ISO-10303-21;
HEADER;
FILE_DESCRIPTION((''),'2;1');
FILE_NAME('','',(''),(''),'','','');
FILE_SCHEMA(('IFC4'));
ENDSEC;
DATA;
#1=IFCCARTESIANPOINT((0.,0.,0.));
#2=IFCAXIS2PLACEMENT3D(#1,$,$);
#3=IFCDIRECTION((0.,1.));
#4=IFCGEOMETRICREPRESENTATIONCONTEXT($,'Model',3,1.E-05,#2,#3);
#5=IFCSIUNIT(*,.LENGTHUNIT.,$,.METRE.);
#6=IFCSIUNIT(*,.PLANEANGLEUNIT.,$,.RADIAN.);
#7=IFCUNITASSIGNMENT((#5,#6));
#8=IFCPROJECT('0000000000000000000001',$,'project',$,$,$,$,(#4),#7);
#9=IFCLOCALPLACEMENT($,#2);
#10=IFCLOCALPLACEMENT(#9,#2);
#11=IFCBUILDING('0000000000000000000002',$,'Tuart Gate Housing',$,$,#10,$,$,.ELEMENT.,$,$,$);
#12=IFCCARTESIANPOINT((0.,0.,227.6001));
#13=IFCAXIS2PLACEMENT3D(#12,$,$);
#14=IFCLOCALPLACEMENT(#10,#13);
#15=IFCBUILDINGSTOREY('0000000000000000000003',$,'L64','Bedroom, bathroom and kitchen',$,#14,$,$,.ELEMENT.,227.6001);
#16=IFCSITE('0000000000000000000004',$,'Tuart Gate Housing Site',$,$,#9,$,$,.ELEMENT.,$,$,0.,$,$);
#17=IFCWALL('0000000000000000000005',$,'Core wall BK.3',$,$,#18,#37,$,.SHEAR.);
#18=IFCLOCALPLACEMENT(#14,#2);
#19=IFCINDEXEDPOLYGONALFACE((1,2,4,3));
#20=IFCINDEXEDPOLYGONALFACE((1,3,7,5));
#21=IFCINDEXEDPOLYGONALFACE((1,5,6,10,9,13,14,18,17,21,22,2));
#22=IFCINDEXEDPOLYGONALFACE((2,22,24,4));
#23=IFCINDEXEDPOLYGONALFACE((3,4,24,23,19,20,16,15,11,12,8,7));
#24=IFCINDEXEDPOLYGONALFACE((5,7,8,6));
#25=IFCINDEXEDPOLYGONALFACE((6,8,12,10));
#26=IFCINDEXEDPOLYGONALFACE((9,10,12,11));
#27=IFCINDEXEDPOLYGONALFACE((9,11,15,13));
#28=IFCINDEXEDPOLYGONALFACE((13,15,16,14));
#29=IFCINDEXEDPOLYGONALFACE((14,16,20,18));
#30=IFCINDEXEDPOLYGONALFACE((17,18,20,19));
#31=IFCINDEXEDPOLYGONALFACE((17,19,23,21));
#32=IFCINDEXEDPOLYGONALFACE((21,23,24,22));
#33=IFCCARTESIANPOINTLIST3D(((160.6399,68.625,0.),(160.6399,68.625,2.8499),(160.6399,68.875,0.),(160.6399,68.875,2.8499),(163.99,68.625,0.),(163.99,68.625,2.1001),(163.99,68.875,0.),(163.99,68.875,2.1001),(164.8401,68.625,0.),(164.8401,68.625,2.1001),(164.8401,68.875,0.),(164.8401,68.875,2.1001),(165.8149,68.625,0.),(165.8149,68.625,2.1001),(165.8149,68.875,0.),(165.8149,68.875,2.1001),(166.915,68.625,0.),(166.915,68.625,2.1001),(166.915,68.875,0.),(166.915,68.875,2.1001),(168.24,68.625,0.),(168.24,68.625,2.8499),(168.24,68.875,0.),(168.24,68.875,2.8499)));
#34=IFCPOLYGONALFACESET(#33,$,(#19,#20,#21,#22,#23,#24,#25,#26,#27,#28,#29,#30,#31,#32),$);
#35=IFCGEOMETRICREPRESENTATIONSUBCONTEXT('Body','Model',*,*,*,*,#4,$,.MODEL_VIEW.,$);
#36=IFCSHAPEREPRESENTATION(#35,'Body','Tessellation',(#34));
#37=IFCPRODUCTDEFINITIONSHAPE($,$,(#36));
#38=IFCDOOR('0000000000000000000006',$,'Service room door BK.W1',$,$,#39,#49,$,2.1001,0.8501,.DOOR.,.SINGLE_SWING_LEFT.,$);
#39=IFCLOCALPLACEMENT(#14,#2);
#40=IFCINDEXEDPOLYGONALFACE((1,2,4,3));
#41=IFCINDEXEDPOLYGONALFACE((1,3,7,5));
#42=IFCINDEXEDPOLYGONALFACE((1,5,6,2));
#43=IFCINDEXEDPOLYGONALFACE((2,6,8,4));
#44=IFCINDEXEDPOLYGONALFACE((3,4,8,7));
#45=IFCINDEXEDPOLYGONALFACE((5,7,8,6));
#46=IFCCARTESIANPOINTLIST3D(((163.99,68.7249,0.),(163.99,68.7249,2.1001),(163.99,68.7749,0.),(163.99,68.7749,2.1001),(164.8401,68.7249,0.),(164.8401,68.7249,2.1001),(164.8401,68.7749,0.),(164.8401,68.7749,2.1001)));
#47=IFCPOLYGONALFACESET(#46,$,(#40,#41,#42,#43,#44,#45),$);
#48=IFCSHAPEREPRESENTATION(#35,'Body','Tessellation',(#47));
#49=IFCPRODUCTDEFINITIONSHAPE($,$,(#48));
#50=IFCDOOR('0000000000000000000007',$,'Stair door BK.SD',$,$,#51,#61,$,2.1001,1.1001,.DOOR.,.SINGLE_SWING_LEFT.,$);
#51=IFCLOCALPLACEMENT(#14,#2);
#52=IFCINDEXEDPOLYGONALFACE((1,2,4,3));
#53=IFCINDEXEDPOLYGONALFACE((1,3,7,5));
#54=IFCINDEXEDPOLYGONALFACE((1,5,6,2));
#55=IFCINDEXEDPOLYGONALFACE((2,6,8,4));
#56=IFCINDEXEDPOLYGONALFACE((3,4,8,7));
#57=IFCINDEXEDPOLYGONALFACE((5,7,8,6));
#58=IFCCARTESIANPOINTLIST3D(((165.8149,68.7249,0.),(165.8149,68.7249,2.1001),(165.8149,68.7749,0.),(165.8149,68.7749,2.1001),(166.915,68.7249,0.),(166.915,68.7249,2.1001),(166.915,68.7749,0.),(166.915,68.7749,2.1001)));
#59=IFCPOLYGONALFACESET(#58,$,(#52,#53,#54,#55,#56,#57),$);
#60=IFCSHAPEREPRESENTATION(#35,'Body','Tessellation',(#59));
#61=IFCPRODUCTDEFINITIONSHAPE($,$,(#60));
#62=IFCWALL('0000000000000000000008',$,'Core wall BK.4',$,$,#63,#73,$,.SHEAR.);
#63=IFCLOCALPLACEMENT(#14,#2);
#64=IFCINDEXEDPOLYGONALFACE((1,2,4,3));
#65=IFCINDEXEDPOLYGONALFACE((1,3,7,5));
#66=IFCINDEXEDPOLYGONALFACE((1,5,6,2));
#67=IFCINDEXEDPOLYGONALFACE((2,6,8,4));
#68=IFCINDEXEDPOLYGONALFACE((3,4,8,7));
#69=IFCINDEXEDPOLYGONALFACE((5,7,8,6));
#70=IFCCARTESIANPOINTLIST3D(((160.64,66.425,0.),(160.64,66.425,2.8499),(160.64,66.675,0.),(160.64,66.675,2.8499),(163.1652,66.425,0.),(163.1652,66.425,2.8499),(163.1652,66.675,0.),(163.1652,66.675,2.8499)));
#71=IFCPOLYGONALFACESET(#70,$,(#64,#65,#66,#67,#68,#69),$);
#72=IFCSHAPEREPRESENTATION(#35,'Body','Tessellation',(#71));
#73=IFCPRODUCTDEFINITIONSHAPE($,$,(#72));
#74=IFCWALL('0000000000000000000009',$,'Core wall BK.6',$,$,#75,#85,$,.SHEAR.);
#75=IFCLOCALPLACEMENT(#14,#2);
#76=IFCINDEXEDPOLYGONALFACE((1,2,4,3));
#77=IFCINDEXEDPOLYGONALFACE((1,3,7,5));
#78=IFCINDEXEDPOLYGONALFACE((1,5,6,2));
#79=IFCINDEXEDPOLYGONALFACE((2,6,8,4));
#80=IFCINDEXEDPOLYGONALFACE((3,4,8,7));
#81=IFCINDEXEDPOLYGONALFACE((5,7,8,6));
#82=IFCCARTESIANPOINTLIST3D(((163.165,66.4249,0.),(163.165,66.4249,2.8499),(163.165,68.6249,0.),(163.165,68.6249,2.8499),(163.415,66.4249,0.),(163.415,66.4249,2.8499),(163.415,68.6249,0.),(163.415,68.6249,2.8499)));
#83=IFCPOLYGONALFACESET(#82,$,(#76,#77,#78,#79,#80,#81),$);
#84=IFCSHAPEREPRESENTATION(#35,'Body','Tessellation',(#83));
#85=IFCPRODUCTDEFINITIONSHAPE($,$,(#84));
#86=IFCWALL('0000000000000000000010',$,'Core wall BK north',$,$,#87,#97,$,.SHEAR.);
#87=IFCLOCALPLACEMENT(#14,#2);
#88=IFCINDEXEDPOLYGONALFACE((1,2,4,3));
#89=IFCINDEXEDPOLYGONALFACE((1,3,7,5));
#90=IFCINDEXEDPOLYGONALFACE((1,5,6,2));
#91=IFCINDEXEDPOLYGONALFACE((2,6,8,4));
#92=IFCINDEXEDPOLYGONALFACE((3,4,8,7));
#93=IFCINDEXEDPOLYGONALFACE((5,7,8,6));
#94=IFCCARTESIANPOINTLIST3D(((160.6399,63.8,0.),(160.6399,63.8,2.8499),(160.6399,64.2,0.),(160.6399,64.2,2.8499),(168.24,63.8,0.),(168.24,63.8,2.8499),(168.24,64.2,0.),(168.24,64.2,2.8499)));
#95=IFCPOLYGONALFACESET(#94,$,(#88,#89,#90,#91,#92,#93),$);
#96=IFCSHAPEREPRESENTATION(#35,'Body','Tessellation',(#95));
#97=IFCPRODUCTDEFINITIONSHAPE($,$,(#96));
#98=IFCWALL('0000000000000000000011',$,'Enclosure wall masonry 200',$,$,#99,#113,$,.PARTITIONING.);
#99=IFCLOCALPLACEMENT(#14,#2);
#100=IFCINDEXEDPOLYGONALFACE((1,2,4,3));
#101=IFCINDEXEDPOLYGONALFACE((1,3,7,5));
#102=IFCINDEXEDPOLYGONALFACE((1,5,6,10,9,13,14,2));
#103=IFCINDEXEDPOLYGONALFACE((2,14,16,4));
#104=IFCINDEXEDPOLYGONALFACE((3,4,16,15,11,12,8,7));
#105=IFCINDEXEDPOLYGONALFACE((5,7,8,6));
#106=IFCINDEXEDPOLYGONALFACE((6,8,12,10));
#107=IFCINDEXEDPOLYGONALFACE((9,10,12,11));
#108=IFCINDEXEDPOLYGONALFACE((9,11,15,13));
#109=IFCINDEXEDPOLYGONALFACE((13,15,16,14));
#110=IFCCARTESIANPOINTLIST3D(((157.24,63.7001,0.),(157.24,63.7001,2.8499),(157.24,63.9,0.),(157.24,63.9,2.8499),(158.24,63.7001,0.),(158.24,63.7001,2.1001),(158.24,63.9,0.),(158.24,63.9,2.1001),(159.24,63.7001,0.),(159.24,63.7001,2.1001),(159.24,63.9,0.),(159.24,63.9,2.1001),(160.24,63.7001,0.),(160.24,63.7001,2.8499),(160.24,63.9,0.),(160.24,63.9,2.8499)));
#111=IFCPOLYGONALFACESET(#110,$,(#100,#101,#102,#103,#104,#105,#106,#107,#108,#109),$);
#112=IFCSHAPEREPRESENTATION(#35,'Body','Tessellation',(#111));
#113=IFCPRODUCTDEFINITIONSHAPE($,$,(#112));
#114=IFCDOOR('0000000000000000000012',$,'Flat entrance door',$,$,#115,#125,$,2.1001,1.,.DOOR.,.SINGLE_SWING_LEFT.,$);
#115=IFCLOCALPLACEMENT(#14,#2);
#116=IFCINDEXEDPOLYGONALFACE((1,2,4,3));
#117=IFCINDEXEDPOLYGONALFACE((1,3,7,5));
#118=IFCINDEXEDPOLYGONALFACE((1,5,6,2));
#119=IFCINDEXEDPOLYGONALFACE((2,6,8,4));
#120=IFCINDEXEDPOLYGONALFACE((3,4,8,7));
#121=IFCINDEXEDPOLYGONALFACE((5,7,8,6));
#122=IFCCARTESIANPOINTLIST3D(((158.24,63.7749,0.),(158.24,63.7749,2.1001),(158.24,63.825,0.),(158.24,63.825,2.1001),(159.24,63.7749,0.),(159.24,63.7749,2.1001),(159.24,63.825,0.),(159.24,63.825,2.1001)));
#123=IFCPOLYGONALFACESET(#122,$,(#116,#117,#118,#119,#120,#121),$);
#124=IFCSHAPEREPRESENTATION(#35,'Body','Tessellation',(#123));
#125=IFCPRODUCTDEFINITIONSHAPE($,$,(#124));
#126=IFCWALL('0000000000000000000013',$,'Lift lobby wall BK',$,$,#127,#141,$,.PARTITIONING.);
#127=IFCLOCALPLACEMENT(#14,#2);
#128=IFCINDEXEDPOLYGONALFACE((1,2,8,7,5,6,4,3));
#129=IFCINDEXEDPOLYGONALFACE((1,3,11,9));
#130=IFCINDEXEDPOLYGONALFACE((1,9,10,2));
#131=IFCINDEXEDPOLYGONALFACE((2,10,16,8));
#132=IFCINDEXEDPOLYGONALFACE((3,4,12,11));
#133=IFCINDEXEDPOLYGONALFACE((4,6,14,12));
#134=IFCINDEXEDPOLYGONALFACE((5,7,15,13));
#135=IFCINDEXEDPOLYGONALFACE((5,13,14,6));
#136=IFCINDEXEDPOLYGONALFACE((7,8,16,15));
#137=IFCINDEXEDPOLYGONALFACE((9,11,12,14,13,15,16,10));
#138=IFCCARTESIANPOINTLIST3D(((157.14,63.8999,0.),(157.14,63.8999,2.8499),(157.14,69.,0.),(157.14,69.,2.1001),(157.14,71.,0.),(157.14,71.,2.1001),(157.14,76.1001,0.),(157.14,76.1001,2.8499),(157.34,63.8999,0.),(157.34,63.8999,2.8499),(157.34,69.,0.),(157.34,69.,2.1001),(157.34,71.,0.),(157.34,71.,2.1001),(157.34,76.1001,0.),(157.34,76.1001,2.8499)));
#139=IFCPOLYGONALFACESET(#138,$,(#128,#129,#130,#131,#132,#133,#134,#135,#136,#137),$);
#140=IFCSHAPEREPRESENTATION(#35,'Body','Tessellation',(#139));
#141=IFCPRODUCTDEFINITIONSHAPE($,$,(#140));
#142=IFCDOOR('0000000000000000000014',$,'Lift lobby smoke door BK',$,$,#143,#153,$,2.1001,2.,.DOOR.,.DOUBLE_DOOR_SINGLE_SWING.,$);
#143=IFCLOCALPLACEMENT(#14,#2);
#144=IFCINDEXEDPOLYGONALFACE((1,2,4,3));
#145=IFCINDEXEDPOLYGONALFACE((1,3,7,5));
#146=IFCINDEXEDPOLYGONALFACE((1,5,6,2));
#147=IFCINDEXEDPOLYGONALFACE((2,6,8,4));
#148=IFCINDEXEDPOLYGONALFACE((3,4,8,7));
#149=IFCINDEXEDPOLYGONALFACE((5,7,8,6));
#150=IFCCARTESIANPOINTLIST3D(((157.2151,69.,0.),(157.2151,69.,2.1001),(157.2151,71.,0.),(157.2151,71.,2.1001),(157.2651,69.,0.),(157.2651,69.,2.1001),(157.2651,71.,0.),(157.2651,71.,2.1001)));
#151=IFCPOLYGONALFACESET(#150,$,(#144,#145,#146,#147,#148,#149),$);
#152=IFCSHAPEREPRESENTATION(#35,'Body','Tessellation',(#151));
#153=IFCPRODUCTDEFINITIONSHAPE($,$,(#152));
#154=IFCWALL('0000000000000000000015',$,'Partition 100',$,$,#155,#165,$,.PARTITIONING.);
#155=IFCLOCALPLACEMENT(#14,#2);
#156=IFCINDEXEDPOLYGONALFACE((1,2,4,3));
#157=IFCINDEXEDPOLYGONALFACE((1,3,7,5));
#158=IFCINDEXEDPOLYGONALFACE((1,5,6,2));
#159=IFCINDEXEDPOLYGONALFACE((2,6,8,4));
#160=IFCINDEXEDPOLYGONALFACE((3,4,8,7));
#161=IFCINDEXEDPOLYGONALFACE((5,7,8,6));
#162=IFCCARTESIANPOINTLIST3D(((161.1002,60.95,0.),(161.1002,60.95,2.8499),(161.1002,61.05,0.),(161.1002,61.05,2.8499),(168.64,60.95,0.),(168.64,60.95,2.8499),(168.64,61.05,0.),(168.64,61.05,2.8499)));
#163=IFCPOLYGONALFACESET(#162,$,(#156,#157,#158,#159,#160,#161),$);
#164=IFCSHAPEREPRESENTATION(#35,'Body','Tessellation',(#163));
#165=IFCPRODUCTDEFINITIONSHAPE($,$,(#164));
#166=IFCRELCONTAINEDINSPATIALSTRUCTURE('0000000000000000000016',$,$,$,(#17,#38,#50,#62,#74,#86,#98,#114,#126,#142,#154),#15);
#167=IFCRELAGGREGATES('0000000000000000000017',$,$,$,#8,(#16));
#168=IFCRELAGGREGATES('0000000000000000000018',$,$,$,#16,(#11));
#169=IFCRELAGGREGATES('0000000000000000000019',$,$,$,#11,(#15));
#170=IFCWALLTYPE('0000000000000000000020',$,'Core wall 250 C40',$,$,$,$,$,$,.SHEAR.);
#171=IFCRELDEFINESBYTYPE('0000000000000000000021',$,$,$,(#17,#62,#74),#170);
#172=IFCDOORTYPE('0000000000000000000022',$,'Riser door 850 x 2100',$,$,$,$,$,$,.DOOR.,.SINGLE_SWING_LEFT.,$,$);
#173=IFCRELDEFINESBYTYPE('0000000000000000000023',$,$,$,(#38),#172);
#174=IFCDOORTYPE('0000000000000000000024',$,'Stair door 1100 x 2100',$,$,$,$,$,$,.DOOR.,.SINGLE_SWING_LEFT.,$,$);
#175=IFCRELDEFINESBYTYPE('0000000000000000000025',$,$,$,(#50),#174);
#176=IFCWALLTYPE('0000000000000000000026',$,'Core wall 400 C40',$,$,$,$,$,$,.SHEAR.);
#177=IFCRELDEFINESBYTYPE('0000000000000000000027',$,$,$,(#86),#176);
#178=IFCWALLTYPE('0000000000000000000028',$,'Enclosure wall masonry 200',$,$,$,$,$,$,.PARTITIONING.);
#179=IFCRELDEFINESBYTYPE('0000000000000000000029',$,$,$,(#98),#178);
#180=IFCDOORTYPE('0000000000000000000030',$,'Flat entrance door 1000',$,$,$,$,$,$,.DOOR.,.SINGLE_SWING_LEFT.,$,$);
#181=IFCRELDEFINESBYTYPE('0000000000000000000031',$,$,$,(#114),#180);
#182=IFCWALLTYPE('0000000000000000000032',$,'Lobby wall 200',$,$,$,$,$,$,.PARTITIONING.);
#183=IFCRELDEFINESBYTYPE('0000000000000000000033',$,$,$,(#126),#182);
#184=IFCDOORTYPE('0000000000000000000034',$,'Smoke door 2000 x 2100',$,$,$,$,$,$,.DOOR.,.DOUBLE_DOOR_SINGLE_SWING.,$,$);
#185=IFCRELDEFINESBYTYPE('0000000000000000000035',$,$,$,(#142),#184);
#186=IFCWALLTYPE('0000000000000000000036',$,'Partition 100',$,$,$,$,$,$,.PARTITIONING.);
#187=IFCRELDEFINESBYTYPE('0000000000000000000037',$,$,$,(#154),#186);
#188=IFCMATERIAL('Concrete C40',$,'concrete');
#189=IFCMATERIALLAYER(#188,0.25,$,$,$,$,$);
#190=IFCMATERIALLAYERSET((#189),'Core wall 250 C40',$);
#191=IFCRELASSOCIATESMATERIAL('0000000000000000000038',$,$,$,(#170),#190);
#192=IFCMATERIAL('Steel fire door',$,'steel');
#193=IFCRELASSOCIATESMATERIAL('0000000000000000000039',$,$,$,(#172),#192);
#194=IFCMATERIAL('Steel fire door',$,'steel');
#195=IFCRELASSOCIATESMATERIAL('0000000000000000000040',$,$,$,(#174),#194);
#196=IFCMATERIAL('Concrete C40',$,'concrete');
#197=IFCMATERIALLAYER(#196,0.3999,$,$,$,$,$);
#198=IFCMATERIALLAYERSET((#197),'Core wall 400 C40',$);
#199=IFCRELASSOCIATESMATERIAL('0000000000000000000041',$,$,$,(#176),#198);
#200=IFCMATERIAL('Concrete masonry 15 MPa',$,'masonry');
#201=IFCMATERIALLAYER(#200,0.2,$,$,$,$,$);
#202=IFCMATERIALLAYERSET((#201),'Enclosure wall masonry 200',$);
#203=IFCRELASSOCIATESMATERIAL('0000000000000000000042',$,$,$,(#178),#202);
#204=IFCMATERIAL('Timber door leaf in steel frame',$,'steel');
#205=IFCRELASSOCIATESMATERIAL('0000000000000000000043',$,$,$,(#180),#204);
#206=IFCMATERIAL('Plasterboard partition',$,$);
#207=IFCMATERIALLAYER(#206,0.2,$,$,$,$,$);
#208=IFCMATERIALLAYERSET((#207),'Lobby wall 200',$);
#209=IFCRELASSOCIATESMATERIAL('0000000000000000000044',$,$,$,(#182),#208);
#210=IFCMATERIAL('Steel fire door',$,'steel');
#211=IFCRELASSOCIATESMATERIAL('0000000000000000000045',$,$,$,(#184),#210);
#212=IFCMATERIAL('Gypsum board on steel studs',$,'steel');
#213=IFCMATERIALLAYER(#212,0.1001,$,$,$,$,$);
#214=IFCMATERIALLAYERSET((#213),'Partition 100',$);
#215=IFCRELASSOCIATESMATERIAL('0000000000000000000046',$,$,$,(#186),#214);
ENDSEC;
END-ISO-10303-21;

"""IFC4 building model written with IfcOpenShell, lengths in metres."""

from ifc_helpers import new_model, si_unit, direction, frame, frame_2d, origin, place, context, subcontext, project, spatial, rectangle, extrude, material, layer, layer_set, type_object, element, fill, save


model = new_model("IFC4")

# Units and contexts
model_context = context("Model", 3, precision=1e-05, world=origin(), true_north=direction((0.0, 1.0)))
body_context = subcontext(model_context, "Body", "Model", "MODEL_VIEW")
ifc_project = project(units=[si_unit("LENGTHUNIT", "METRE"), si_unit("PLANEANGLEUNIT", "RADIAN")], contexts=[model_context])

# Site, building, storey
site_placement = place(None, origin())
site = spatial("IfcSite", under=ifc_project, at=site_placement, Name="Tuart Gate Housing Site", CompositionType="ELEMENT", RefElevation=0.0)
building_placement = place(site_placement, origin())
building = spatial("IfcBuilding", under=site, at=building_placement, Name="Tuart Gate Housing", CompositionType="ELEMENT")
storey_placement = place(building_placement, frame((0.0, 0.0, 227.6001)))
storey = spatial("IfcBuildingStorey", under=building, at=storey_placement, Name="L64", Description="Bedroom, bathroom and kitchen", CompositionType="ELEMENT", Elevation=227.6001)

# Wall, openings, doors
ifc_material_1 = material(Name="Concrete C40", Category="concrete")
ifc_layer_1 = layer(ifc_material_1, 0.25)
ifc_layer_set_1 = layer_set([ifc_layer_1], Name="Core wall 250 C40")
wall_type_1 = type_object("IfcWallType", Name="Core wall 250 C40", PredefinedType="SHEAR", material=ifc_layer_set_1)
wall_1_placement = place(storey_placement, frame((160.6399, 68.75, 0.0), z_axis=(0.0, 0.0, 1.0), x_axis=(1.0, 0.0, 0.0)))
wall_1 = element("IfcWall", 1, at=wall_1_placement, inside=storey, type_object=wall_type_1, Name="Core wall BK.3", PredefinedType="SHEAR", context=body_context, shape_type="SweptSolid", body=[
    extrude(rectangle(XDim=7.6001, YDim=0.25, at=frame_2d((3.8, 0.0))), origin(), (0.0, 0.0, 1.0), 2.8499),
])
opening_1_placement = place(wall_1_placement, frame((5.175, 0.0, 0.0)))
opening_1 = element("IfcOpeningElement", 2, at=opening_1_placement, cuts=wall_1, PredefinedType="OPENING", context=body_context, shape_type="SweptSolid", body=[
    extrude(rectangle(XDim=1.1001, YDim=2.1001, at=frame_2d((0.55, 1.05))), frame((0.0, 0.135, 0.0), z_axis=(0.0, -1.0, 0.0), x_axis=(1.0, 0.0, 0.0)), (0.0, 0.0, 1.0), 0.27),
])
opening_2_placement = place(wall_1_placement, frame((3.3501, 0.0, 0.0)))
opening_2 = element("IfcOpeningElement", 3, at=opening_2_placement, cuts=wall_1, PredefinedType="OPENING", context=body_context, shape_type="SweptSolid", body=[
    extrude(rectangle(XDim=0.8501, YDim=2.1001, at=frame_2d((0.425, 1.05))), frame((0.0, 0.135, 0.0), z_axis=(0.0, -1.0, 0.0), x_axis=(1.0, 0.0, 0.0)), (0.0, 0.0, 1.0), 0.27),
])
ifc_material_2 = material(Name="Steel fire door", Category="steel")
door_type_1 = type_object("IfcDoorType", Name="Riser door 850 x 2100", OperationType="SINGLE_SWING_LEFT", PredefinedType="DOOR", material=ifc_material_2)
door_1_placement = place(opening_2_placement, origin())
door_1 = element("IfcDoor", 4, at=door_1_placement, inside=storey, type_object=door_type_1, Name="Service room door BK.W1", OperationType="SINGLE_SWING_LEFT", OverallHeight=2.1001, OverallWidth=0.8501, PredefinedType="DOOR", context=body_context, shape_type="SweptSolid", body=[
    extrude(rectangle(XDim=0.8501, YDim=2.1001, at=frame_2d((0.425, 1.05))), frame((0.0, 0.0249, 0.0), z_axis=(0.0, -1.0, 0.0), x_axis=(1.0, 0.0, 0.0)), (0.0, 0.0, 1.0), 0.05),
])
fill(opening_2, door_1)
ifc_material_3 = material(Name="Steel fire door", Category="steel")
door_type_2 = type_object("IfcDoorType", Name="Stair door 1100 x 2100", OperationType="SINGLE_SWING_LEFT", PredefinedType="DOOR", material=ifc_material_3)
door_2_placement = place(opening_1_placement, origin())
door_2 = element("IfcDoor", 5, at=door_2_placement, inside=storey, type_object=door_type_2, Name="Stair door BK.SD", OperationType="SINGLE_SWING_LEFT", OverallHeight=2.1001, OverallWidth=1.1001, PredefinedType="DOOR", context=body_context, shape_type="SweptSolid", body=[
    extrude(rectangle(XDim=1.1001, YDim=2.1001, at=frame_2d((0.55, 1.05))), frame((0.0, 0.0249, 0.0), z_axis=(0.0, -1.0, 0.0), x_axis=(1.0, 0.0, 0.0)), (0.0, 0.0, 1.0), 0.05),
])
fill(opening_1, door_2)

# Walls
wall_2_placement = place(storey_placement, frame((160.6399, 66.55, 0.0), z_axis=(0.0, 0.0, 1.0), x_axis=(1.0, 0.0, 0.0)))
element("IfcWall", 6, at=wall_2_placement, inside=storey, type_object=wall_type_1, Name="Core wall BK.4", PredefinedType="SHEAR", context=body_context, shape_type="SweptSolid", body=[
    extrude(rectangle(XDim=2.5251, YDim=0.25, at=frame_2d((1.2627, 0.0))), origin(), (0.0, 0.0, 1.0), 2.8499),
])
wall_3_placement = place(storey_placement, frame((163.29, 68.625, 0.0), z_axis=(0.0, 0.0, 1.0), x_axis=(0.0, -1.0, 0.0)))
element("IfcWall", 7, at=wall_3_placement, inside=storey, type_object=wall_type_1, Name="Core wall BK.6", PredefinedType="SHEAR", context=body_context, shape_type="SweptSolid", body=[
    extrude(rectangle(XDim=2.2, YDim=0.25, at=frame_2d((1.1001, 0.0))), origin(), (0.0, 0.0, 1.0), 2.8499),
])
ifc_material_4 = material(Name="Concrete C40", Category="concrete")
ifc_layer_2 = layer(ifc_material_4, 0.3999)
ifc_layer_set_2 = layer_set([ifc_layer_2], Name="Core wall 400 C40")
wall_type_2 = type_object("IfcWallType", Name="Core wall 400 C40", PredefinedType="SHEAR", material=ifc_layer_set_2)
wall_4_placement = place(storey_placement, frame((160.6399, 64.0, 0.0), z_axis=(0.0, 0.0, 1.0), x_axis=(1.0, 0.0, 0.0)))
element("IfcWall", 8, at=wall_4_placement, inside=storey, type_object=wall_type_2, Name="Core wall BK north", PredefinedType="SHEAR", context=body_context, shape_type="SweptSolid", body=[
    extrude(rectangle(XDim=7.6001, YDim=0.3999, at=frame_2d((3.8, 0.0))), origin(), (0.0, 0.0, 1.0), 2.8499),
])

# Walls, openings, doors
ifc_material_5 = material(Name="Concrete masonry 15 MPa", Category="masonry")
ifc_layer_3 = layer(ifc_material_5, 0.2)
ifc_layer_set_3 = layer_set([ifc_layer_3], Name="Enclosure wall masonry 200")
wall_type_3 = type_object("IfcWallType", Name="Enclosure wall masonry 200", PredefinedType="PARTITIONING", material=ifc_layer_set_3)
wall_5_placement = place(storey_placement, frame((157.24, 63.8, 0.0), z_axis=(0.0, 0.0, 1.0), x_axis=(1.0, 0.0, 0.0)))
wall_5 = element("IfcWall", 9, at=wall_5_placement, inside=storey, type_object=wall_type_3, Name="Enclosure wall masonry 200", PredefinedType="PARTITIONING", context=body_context, shape_type="SweptSolid", body=[
    extrude(rectangle(XDim=3.0, YDim=0.2, at=frame_2d((1.5, 0.0))), origin(), (0.0, 0.0, 1.0), 2.8499),
])
opening_3_placement = place(wall_5_placement, frame((1.0, 0.0, 0.0)))
opening_3 = element("IfcOpeningElement", 10, at=opening_3_placement, cuts=wall_5, PredefinedType="OPENING", context=body_context, shape_type="SweptSolid", body=[
    extrude(rectangle(XDim=1.0, YDim=2.1001, at=frame_2d((0.5, 1.05))), frame((0.0, 0.1099, 0.0), z_axis=(0.0, -1.0, 0.0), x_axis=(1.0, 0.0, 0.0)), (0.0, 0.0, 1.0), 0.22),
])
ifc_material_6 = material(Name="Timber door leaf in steel frame", Category="steel")
door_type_3 = type_object("IfcDoorType", Name="Flat entrance door 1000", OperationType="SINGLE_SWING_LEFT", PredefinedType="DOOR", material=ifc_material_6)
door_3_placement = place(opening_3_placement, frame((1.0, 0.0, 0.0), z_axis=(0.0, 0.0, 1.0), x_axis=(-1.0, 0.0, 0.0)))
door_3 = element("IfcDoor", 11, at=door_3_placement, inside=storey, type_object=door_type_3, Name="Flat entrance door", OperationType="SINGLE_SWING_LEFT", OverallHeight=2.1001, OverallWidth=1.0, PredefinedType="DOOR", context=body_context, shape_type="SweptSolid", body=[
    extrude(rectangle(XDim=1.0, YDim=2.1001, at=frame_2d((0.5, 1.05))), frame((0.0, 0.0251, 0.0), z_axis=(0.0, -1.0, 0.0), x_axis=(1.0, 0.0, 0.0)), (0.0, 0.0, 1.0), 0.05),
])
fill(opening_3, door_3)
ifc_material_7 = material(Name="Plasterboard partition")
ifc_layer_4 = layer(ifc_material_7, 0.2)
ifc_layer_set_4 = layer_set([ifc_layer_4], Name="Lobby wall 200")
wall_type_4 = type_object("IfcWallType", Name="Lobby wall 200", PredefinedType="PARTITIONING", material=ifc_layer_set_4)
wall_6_placement = place(storey_placement, frame((157.24, 63.8999, 0.0), z_axis=(0.0, 0.0, 1.0), x_axis=(0.0, 1.0, 0.0)))
wall_6 = element("IfcWall", 12, at=wall_6_placement, inside=storey, type_object=wall_type_4, Name="Lift lobby wall BK", PredefinedType="PARTITIONING", context=body_context, shape_type="SweptSolid", body=[
    extrude(rectangle(XDim=12.2002, YDim=0.2, at=frame_2d((6.1001, 0.0))), origin(), (0.0, 0.0, 1.0), 2.8499),
])
opening_4_placement = place(wall_6_placement, frame((5.1001, 0.0, 0.0)))
opening_4 = element("IfcOpeningElement", 13, at=opening_4_placement, cuts=wall_6, PredefinedType="OPENING", context=body_context, shape_type="SweptSolid", body=[
    extrude(rectangle(XDim=2.0, YDim=2.1001, at=frame_2d((1.0, 1.05))), frame((0.0, 0.1099, 0.0), z_axis=(0.0, -1.0, 0.0), x_axis=(1.0, 0.0, 0.0)), (0.0, 0.0, 1.0), 0.22),
])
ifc_material_8 = material(Name="Steel fire door", Category="steel")
door_type_4 = type_object("IfcDoorType", Name="Smoke door 2000 x 2100", OperationType="DOUBLE_DOOR_SINGLE_SWING", PredefinedType="DOOR", material=ifc_material_8)
door_4_placement = place(opening_4_placement, frame((2.0, 0.0, 0.0), z_axis=(0.0, 0.0, 1.0), x_axis=(-1.0, 0.0, 0.0)))
door_4 = element("IfcDoor", 14, at=door_4_placement, inside=storey, type_object=door_type_4, Name="Lift lobby smoke door BK", OperationType="DOUBLE_DOOR_SINGLE_SWING", OverallHeight=2.1001, OverallWidth=2.0, PredefinedType="DOOR", context=body_context, shape_type="SweptSolid", body=[
    extrude(rectangle(XDim=2.0, YDim=2.1001, at=frame_2d((1.0, 1.05))), frame((0.0, 0.0251, 0.0), z_axis=(0.0, -1.0, 0.0), x_axis=(1.0, 0.0, 0.0)), (0.0, 0.0, 1.0), 0.05),
])
fill(opening_4, door_4)

# Wall
ifc_material_9 = material(Name="Gypsum board on steel studs", Category="steel")
ifc_layer_5 = layer(ifc_material_9, 0.1001)
ifc_layer_set_5 = layer_set([ifc_layer_5], Name="Partition 100")
wall_type_5 = type_object("IfcWallType", Name="Partition 100", PredefinedType="PARTITIONING", material=ifc_layer_set_5)
wall_7_placement = place(storey_placement, frame((161.1001, 61.0, 0.0), z_axis=(0.0, 0.0, 1.0), x_axis=(1.0, 0.0, 0.0)))
element("IfcWall", 15, at=wall_7_placement, inside=storey, type_object=wall_type_5, Name="Partition 100", PredefinedType="PARTITIONING", context=body_context, shape_type="SweptSolid", body=[
    extrude(rectangle(XDim=7.5398, YDim=0.1001, at=frame_2d((3.77, 0.0))), origin(), (0.0, 0.0, 1.0), 2.8499),
])

save(model, "model.ifc")
